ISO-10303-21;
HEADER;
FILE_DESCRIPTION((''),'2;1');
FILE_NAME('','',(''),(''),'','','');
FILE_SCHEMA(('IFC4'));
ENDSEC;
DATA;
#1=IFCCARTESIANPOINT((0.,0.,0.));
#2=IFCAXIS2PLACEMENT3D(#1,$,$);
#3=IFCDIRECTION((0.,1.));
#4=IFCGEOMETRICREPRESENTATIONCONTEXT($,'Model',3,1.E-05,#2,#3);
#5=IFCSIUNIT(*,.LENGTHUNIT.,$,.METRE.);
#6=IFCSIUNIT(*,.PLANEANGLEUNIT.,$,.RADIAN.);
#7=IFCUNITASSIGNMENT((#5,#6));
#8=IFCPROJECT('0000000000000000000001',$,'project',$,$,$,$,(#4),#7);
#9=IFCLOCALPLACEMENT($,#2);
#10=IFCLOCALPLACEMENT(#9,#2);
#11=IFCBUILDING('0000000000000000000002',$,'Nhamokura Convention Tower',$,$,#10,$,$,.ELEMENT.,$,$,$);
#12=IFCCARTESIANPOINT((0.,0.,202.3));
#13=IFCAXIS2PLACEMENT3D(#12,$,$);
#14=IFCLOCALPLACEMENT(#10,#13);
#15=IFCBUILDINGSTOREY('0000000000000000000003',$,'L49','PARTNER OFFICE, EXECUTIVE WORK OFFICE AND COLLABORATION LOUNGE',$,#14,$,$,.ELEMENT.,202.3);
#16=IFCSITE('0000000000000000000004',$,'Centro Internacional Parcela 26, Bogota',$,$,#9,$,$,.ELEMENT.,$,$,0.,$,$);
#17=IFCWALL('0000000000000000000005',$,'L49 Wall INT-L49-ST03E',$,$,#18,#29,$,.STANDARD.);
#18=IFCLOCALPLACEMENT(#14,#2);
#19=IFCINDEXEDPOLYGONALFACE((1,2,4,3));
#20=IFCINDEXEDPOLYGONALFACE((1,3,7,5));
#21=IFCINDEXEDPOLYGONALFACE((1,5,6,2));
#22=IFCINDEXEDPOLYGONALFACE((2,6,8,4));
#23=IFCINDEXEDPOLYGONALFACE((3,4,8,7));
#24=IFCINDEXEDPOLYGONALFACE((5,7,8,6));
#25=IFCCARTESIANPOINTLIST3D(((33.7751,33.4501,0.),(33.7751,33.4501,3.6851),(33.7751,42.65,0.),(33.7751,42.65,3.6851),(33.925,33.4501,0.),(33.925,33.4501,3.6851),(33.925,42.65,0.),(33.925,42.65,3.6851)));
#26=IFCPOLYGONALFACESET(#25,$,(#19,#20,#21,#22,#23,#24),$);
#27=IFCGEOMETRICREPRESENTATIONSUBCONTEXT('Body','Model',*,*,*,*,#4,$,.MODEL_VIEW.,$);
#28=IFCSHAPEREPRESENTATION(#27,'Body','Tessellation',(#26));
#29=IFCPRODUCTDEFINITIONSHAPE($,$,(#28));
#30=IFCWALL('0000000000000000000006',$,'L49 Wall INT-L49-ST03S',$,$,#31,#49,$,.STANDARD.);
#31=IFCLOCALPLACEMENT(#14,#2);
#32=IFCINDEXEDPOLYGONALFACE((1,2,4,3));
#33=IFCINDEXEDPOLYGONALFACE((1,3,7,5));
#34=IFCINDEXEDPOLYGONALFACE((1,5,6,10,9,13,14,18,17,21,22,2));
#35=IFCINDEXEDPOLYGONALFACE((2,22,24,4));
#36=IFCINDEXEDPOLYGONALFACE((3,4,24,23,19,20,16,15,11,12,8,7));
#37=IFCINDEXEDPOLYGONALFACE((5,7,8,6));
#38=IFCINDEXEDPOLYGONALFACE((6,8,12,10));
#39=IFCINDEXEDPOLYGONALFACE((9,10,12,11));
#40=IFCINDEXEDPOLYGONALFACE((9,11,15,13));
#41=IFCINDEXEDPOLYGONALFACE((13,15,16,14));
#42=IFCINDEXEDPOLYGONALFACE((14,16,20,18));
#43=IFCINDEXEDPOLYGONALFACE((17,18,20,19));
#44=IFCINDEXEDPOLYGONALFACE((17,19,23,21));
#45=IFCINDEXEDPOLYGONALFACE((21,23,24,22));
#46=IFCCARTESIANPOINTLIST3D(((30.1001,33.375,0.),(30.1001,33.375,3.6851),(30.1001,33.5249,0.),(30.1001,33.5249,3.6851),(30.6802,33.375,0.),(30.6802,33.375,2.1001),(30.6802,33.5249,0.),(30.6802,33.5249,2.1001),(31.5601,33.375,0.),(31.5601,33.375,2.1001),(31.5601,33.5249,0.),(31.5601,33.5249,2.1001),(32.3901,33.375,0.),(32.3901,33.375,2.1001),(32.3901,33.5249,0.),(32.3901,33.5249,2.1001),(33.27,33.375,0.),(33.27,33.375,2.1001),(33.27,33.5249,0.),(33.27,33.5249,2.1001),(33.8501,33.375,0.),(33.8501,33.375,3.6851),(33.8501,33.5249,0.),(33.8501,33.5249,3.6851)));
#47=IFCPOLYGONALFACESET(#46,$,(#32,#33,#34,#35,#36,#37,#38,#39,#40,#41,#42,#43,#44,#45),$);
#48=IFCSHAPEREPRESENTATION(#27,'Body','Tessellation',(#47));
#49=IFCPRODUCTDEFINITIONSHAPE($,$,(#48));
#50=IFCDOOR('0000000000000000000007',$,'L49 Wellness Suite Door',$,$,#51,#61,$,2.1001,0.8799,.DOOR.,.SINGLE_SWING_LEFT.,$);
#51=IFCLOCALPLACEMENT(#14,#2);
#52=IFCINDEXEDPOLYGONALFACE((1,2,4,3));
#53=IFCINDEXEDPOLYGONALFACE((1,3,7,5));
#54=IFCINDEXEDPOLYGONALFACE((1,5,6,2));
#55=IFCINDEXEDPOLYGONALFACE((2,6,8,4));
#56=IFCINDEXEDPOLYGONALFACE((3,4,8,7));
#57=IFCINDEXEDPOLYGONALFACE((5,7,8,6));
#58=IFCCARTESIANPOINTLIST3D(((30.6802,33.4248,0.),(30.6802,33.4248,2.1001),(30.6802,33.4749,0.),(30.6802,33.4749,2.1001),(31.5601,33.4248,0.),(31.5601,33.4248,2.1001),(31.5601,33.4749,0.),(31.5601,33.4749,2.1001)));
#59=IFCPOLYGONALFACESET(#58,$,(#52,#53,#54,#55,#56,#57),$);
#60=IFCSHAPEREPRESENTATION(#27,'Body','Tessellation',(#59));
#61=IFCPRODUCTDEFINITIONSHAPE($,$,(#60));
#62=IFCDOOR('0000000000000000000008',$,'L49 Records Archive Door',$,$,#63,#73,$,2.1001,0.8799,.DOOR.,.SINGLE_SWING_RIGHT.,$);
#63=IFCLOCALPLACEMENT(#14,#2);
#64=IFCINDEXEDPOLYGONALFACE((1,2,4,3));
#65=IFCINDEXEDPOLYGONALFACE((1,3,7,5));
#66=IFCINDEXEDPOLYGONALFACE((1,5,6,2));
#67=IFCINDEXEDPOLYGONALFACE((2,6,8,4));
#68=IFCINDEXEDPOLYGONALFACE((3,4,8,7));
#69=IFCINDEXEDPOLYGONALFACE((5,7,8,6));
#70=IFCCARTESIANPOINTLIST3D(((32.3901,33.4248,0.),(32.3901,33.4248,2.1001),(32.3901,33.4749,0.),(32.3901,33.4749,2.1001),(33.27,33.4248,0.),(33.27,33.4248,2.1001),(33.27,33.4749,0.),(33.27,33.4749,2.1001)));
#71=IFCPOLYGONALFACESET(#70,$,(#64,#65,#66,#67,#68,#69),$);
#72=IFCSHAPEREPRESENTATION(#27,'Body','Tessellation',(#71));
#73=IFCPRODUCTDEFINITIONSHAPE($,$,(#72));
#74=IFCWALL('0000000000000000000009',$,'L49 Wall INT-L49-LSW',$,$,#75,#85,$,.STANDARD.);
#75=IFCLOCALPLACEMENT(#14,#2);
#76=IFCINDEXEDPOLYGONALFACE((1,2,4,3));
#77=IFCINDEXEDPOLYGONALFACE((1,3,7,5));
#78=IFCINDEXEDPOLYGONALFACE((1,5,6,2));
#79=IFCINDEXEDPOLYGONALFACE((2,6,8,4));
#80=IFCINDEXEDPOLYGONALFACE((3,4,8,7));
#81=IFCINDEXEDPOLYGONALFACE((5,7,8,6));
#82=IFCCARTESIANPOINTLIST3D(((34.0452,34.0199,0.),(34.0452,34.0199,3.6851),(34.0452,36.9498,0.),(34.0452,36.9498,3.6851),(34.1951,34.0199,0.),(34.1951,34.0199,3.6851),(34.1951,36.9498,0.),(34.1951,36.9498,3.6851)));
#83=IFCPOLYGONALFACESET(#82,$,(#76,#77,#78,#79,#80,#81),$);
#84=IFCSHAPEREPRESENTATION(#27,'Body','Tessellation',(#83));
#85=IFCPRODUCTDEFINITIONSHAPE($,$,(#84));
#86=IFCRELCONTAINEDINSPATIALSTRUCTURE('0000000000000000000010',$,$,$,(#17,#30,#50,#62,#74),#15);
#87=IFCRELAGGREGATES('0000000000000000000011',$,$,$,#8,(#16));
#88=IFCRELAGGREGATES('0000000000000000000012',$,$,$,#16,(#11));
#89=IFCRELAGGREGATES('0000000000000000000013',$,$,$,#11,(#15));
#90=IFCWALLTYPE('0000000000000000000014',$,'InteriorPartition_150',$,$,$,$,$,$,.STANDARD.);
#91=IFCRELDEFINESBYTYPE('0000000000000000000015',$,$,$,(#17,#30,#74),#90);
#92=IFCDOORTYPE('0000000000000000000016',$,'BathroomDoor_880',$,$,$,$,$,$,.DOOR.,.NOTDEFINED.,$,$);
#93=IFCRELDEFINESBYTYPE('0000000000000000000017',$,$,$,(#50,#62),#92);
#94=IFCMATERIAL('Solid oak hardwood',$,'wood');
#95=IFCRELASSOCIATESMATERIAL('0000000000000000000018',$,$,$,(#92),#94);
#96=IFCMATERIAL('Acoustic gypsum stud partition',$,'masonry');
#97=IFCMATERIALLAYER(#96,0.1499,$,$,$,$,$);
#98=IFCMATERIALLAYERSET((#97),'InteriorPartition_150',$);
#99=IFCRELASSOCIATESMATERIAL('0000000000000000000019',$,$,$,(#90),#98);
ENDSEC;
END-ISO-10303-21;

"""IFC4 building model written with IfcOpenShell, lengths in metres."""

from ifc_helpers import new_model, si_unit, direction, frame, frame_2d, origin, place, context, subcontext, project, spatial, rectangle, extrude, material, layer, layer_set, type_object, element, fill, save


model = new_model("IFC4")

# Units and contexts
model_context = context("Model", 3, precision=1e-05, world=origin(), true_north=direction((0.0, 1.0)))
body_context = subcontext(model_context, "Body", "Model", "MODEL_VIEW")
ifc_project = project(units=[si_unit("LENGTHUNIT", "METRE"), si_unit("PLANEANGLEUNIT", "RADIAN")], contexts=[model_context])

# Site, building, storey
site_placement = place(None, origin())
site = spatial("IfcSite", under=ifc_project, at=site_placement, Name="Centro Internacional Parcela 26, Bogota", CompositionType="ELEMENT", RefElevation=0.0)
building_placement = place(site_placement, origin())
building = spatial("IfcBuilding", under=site, at=building_placement, Name="Nhamokura Convention Tower", CompositionType="ELEMENT")
storey_placement = place(building_placement, frame((0.0, 0.0, 202.3)))
storey = spatial("IfcBuildingStorey", under=building, at=storey_placement, Name="L49", Description="PARTNER OFFICE, EXECUTIVE WORK OFFICE AND COLLABORATION LOUNGE", CompositionType="ELEMENT", Elevation=202.3)

# Shared definitions
ifc_material_1 = material(Name="Solid oak hardwood", Category="wood")
door_type_1 = type_object("IfcDoorType", Name="BathroomDoor_880", OperationType="NOTDEFINED", PredefinedType="DOOR", material=ifc_material_1)

# Wall
ifc_material_2 = material(Name="Acoustic gypsum stud partition", Category="masonry")
ifc_layer_1 = layer(ifc_material_2, 0.1499)
ifc_layer_set_1 = layer_set([ifc_layer_1], Name="InteriorPartition_150")
wall_type_1 = type_object("IfcWallType", Name="InteriorPartition_150", PredefinedType="STANDARD", material=ifc_layer_set_1)
for number, where, z_axis, x_axis, name in (
    (1, (33.8501, 33.45, 0.0), (0.0, 0.0, 1.0), (0.0, 1.0, 0.0), "L49 Wall INT-L49-ST03E"),
):
    element("IfcWall", number, at=place(storey_placement, frame(where, z_axis=z_axis, x_axis=x_axis)), inside=storey, type_object=wall_type_1, Name=name, PredefinedType="STANDARD", context=body_context, shape_type="SweptSolid", body=[
        extrude(rectangle(XDim=9.2, YDim=0.1499, at=frame_2d((4.6001, 0.0))), origin(), (0.0, 0.0, 1.0), 3.6851),
    ])

# Wall, openings, doors
wall_1_placement = place(storey_placement, frame((30.1001, 33.45, 0.0), z_axis=(0.0, 0.0, 1.0), x_axis=(1.0, 0.0, 0.0)))
wall_1 = element("IfcWall", 2, at=wall_1_placement, inside=storey, type_object=wall_type_1, Name="L49 Wall INT-L49-ST03S", PredefinedType="STANDARD", context=body_context, shape_type="SweptSolid", body=[
    extrude(rectangle(XDim=3.75, YDim=0.1499, at=frame_2d((1.875, 0.0))), origin(), (0.0, 0.0, 1.0), 3.6851),
])
opening_1_placement = place(wall_1_placement, frame((0.5801, 0.0, 0.0)))
opening_1 = element("IfcOpeningElement", 3, at=opening_1_placement, cuts=wall_1, PredefinedType="OPENING", context=body_context, shape_type="SweptSolid", body=[
    extrude(rectangle(XDim=0.8799, YDim=2.1001, at=frame_2d((0.4399, 1.05))), frame((0.0, 0.085, 0.0), z_axis=(0.0, -1.0, 0.0), x_axis=(1.0, 0.0, 0.0)), (0.0, 0.0, 1.0), 0.1699),
])
opening_2_placement = place(wall_1_placement, frame((2.29, 0.0, 0.0)))
opening_2 = element("IfcOpeningElement", 4, at=opening_2_placement, cuts=wall_1, PredefinedType="OPENING", context=body_context, shape_type="SweptSolid", body=[
    extrude(rectangle(XDim=0.8799, YDim=2.1001, at=frame_2d((0.4399, 1.05))), frame((0.0, 0.085, 0.0), z_axis=(0.0, -1.0, 0.0), x_axis=(1.0, 0.0, 0.0)), (0.0, 0.0, 1.0), 0.1699),
])
door_1_placement = place(opening_1_placement, origin())
door_1 = element("IfcDoor", 5, at=door_1_placement, inside=storey, type_object=door_type_1, Name="L49 Wellness Suite Door", OperationType="SINGLE_SWING_LEFT", OverallHeight=2.1001, OverallWidth=0.8799, PredefinedType="DOOR", context=body_context, shape_type="SweptSolid", body=[
    extrude(rectangle(XDim=0.8799, YDim=2.1001, at=frame_2d((0.4399, 1.05))), frame((0.0, 0.0249, 0.0), z_axis=(0.0, -1.0, 0.0), x_axis=(1.0, 0.0, 0.0)), (0.0, 0.0, 1.0), 0.05),
])
fill(opening_1, door_1)
door_2_placement = place(opening_2_placement, origin())
door_2 = element("IfcDoor", 6, at=door_2_placement, inside=storey, type_object=door_type_1, Name="L49 Records Archive Door", OperationType="SINGLE_SWING_RIGHT", OverallHeight=2.1001, OverallWidth=0.8799, PredefinedType="DOOR", context=body_context, shape_type="SweptSolid", body=[
    extrude(rectangle(XDim=0.8799, YDim=2.1001, at=frame_2d((0.4399, 1.05))), frame((0.0, 0.0249, 0.0), z_axis=(0.0, -1.0, 0.0), x_axis=(1.0, 0.0, 0.0)), (0.0, 0.0, 1.0), 0.05),
])
fill(opening_2, door_2)

# Wall
wall_2_placement = place(storey_placement, frame((34.1201, 34.02, 0.0), z_axis=(0.0, 0.0, 1.0), x_axis=(0.0, 1.0, 0.0)))
element("IfcWall", 7, at=wall_2_placement, inside=storey, type_object=wall_type_1, Name="L49 Wall INT-L49-LSW", PredefinedType="STANDARD", context=body_context, shape_type="SweptSolid", body=[
    extrude(rectangle(XDim=2.9299, YDim=0.1499, at=frame_2d((1.4648, 0.0))), origin(), (0.0, 0.0, 1.0), 3.6851),
])

save(model, "model.ifc")
